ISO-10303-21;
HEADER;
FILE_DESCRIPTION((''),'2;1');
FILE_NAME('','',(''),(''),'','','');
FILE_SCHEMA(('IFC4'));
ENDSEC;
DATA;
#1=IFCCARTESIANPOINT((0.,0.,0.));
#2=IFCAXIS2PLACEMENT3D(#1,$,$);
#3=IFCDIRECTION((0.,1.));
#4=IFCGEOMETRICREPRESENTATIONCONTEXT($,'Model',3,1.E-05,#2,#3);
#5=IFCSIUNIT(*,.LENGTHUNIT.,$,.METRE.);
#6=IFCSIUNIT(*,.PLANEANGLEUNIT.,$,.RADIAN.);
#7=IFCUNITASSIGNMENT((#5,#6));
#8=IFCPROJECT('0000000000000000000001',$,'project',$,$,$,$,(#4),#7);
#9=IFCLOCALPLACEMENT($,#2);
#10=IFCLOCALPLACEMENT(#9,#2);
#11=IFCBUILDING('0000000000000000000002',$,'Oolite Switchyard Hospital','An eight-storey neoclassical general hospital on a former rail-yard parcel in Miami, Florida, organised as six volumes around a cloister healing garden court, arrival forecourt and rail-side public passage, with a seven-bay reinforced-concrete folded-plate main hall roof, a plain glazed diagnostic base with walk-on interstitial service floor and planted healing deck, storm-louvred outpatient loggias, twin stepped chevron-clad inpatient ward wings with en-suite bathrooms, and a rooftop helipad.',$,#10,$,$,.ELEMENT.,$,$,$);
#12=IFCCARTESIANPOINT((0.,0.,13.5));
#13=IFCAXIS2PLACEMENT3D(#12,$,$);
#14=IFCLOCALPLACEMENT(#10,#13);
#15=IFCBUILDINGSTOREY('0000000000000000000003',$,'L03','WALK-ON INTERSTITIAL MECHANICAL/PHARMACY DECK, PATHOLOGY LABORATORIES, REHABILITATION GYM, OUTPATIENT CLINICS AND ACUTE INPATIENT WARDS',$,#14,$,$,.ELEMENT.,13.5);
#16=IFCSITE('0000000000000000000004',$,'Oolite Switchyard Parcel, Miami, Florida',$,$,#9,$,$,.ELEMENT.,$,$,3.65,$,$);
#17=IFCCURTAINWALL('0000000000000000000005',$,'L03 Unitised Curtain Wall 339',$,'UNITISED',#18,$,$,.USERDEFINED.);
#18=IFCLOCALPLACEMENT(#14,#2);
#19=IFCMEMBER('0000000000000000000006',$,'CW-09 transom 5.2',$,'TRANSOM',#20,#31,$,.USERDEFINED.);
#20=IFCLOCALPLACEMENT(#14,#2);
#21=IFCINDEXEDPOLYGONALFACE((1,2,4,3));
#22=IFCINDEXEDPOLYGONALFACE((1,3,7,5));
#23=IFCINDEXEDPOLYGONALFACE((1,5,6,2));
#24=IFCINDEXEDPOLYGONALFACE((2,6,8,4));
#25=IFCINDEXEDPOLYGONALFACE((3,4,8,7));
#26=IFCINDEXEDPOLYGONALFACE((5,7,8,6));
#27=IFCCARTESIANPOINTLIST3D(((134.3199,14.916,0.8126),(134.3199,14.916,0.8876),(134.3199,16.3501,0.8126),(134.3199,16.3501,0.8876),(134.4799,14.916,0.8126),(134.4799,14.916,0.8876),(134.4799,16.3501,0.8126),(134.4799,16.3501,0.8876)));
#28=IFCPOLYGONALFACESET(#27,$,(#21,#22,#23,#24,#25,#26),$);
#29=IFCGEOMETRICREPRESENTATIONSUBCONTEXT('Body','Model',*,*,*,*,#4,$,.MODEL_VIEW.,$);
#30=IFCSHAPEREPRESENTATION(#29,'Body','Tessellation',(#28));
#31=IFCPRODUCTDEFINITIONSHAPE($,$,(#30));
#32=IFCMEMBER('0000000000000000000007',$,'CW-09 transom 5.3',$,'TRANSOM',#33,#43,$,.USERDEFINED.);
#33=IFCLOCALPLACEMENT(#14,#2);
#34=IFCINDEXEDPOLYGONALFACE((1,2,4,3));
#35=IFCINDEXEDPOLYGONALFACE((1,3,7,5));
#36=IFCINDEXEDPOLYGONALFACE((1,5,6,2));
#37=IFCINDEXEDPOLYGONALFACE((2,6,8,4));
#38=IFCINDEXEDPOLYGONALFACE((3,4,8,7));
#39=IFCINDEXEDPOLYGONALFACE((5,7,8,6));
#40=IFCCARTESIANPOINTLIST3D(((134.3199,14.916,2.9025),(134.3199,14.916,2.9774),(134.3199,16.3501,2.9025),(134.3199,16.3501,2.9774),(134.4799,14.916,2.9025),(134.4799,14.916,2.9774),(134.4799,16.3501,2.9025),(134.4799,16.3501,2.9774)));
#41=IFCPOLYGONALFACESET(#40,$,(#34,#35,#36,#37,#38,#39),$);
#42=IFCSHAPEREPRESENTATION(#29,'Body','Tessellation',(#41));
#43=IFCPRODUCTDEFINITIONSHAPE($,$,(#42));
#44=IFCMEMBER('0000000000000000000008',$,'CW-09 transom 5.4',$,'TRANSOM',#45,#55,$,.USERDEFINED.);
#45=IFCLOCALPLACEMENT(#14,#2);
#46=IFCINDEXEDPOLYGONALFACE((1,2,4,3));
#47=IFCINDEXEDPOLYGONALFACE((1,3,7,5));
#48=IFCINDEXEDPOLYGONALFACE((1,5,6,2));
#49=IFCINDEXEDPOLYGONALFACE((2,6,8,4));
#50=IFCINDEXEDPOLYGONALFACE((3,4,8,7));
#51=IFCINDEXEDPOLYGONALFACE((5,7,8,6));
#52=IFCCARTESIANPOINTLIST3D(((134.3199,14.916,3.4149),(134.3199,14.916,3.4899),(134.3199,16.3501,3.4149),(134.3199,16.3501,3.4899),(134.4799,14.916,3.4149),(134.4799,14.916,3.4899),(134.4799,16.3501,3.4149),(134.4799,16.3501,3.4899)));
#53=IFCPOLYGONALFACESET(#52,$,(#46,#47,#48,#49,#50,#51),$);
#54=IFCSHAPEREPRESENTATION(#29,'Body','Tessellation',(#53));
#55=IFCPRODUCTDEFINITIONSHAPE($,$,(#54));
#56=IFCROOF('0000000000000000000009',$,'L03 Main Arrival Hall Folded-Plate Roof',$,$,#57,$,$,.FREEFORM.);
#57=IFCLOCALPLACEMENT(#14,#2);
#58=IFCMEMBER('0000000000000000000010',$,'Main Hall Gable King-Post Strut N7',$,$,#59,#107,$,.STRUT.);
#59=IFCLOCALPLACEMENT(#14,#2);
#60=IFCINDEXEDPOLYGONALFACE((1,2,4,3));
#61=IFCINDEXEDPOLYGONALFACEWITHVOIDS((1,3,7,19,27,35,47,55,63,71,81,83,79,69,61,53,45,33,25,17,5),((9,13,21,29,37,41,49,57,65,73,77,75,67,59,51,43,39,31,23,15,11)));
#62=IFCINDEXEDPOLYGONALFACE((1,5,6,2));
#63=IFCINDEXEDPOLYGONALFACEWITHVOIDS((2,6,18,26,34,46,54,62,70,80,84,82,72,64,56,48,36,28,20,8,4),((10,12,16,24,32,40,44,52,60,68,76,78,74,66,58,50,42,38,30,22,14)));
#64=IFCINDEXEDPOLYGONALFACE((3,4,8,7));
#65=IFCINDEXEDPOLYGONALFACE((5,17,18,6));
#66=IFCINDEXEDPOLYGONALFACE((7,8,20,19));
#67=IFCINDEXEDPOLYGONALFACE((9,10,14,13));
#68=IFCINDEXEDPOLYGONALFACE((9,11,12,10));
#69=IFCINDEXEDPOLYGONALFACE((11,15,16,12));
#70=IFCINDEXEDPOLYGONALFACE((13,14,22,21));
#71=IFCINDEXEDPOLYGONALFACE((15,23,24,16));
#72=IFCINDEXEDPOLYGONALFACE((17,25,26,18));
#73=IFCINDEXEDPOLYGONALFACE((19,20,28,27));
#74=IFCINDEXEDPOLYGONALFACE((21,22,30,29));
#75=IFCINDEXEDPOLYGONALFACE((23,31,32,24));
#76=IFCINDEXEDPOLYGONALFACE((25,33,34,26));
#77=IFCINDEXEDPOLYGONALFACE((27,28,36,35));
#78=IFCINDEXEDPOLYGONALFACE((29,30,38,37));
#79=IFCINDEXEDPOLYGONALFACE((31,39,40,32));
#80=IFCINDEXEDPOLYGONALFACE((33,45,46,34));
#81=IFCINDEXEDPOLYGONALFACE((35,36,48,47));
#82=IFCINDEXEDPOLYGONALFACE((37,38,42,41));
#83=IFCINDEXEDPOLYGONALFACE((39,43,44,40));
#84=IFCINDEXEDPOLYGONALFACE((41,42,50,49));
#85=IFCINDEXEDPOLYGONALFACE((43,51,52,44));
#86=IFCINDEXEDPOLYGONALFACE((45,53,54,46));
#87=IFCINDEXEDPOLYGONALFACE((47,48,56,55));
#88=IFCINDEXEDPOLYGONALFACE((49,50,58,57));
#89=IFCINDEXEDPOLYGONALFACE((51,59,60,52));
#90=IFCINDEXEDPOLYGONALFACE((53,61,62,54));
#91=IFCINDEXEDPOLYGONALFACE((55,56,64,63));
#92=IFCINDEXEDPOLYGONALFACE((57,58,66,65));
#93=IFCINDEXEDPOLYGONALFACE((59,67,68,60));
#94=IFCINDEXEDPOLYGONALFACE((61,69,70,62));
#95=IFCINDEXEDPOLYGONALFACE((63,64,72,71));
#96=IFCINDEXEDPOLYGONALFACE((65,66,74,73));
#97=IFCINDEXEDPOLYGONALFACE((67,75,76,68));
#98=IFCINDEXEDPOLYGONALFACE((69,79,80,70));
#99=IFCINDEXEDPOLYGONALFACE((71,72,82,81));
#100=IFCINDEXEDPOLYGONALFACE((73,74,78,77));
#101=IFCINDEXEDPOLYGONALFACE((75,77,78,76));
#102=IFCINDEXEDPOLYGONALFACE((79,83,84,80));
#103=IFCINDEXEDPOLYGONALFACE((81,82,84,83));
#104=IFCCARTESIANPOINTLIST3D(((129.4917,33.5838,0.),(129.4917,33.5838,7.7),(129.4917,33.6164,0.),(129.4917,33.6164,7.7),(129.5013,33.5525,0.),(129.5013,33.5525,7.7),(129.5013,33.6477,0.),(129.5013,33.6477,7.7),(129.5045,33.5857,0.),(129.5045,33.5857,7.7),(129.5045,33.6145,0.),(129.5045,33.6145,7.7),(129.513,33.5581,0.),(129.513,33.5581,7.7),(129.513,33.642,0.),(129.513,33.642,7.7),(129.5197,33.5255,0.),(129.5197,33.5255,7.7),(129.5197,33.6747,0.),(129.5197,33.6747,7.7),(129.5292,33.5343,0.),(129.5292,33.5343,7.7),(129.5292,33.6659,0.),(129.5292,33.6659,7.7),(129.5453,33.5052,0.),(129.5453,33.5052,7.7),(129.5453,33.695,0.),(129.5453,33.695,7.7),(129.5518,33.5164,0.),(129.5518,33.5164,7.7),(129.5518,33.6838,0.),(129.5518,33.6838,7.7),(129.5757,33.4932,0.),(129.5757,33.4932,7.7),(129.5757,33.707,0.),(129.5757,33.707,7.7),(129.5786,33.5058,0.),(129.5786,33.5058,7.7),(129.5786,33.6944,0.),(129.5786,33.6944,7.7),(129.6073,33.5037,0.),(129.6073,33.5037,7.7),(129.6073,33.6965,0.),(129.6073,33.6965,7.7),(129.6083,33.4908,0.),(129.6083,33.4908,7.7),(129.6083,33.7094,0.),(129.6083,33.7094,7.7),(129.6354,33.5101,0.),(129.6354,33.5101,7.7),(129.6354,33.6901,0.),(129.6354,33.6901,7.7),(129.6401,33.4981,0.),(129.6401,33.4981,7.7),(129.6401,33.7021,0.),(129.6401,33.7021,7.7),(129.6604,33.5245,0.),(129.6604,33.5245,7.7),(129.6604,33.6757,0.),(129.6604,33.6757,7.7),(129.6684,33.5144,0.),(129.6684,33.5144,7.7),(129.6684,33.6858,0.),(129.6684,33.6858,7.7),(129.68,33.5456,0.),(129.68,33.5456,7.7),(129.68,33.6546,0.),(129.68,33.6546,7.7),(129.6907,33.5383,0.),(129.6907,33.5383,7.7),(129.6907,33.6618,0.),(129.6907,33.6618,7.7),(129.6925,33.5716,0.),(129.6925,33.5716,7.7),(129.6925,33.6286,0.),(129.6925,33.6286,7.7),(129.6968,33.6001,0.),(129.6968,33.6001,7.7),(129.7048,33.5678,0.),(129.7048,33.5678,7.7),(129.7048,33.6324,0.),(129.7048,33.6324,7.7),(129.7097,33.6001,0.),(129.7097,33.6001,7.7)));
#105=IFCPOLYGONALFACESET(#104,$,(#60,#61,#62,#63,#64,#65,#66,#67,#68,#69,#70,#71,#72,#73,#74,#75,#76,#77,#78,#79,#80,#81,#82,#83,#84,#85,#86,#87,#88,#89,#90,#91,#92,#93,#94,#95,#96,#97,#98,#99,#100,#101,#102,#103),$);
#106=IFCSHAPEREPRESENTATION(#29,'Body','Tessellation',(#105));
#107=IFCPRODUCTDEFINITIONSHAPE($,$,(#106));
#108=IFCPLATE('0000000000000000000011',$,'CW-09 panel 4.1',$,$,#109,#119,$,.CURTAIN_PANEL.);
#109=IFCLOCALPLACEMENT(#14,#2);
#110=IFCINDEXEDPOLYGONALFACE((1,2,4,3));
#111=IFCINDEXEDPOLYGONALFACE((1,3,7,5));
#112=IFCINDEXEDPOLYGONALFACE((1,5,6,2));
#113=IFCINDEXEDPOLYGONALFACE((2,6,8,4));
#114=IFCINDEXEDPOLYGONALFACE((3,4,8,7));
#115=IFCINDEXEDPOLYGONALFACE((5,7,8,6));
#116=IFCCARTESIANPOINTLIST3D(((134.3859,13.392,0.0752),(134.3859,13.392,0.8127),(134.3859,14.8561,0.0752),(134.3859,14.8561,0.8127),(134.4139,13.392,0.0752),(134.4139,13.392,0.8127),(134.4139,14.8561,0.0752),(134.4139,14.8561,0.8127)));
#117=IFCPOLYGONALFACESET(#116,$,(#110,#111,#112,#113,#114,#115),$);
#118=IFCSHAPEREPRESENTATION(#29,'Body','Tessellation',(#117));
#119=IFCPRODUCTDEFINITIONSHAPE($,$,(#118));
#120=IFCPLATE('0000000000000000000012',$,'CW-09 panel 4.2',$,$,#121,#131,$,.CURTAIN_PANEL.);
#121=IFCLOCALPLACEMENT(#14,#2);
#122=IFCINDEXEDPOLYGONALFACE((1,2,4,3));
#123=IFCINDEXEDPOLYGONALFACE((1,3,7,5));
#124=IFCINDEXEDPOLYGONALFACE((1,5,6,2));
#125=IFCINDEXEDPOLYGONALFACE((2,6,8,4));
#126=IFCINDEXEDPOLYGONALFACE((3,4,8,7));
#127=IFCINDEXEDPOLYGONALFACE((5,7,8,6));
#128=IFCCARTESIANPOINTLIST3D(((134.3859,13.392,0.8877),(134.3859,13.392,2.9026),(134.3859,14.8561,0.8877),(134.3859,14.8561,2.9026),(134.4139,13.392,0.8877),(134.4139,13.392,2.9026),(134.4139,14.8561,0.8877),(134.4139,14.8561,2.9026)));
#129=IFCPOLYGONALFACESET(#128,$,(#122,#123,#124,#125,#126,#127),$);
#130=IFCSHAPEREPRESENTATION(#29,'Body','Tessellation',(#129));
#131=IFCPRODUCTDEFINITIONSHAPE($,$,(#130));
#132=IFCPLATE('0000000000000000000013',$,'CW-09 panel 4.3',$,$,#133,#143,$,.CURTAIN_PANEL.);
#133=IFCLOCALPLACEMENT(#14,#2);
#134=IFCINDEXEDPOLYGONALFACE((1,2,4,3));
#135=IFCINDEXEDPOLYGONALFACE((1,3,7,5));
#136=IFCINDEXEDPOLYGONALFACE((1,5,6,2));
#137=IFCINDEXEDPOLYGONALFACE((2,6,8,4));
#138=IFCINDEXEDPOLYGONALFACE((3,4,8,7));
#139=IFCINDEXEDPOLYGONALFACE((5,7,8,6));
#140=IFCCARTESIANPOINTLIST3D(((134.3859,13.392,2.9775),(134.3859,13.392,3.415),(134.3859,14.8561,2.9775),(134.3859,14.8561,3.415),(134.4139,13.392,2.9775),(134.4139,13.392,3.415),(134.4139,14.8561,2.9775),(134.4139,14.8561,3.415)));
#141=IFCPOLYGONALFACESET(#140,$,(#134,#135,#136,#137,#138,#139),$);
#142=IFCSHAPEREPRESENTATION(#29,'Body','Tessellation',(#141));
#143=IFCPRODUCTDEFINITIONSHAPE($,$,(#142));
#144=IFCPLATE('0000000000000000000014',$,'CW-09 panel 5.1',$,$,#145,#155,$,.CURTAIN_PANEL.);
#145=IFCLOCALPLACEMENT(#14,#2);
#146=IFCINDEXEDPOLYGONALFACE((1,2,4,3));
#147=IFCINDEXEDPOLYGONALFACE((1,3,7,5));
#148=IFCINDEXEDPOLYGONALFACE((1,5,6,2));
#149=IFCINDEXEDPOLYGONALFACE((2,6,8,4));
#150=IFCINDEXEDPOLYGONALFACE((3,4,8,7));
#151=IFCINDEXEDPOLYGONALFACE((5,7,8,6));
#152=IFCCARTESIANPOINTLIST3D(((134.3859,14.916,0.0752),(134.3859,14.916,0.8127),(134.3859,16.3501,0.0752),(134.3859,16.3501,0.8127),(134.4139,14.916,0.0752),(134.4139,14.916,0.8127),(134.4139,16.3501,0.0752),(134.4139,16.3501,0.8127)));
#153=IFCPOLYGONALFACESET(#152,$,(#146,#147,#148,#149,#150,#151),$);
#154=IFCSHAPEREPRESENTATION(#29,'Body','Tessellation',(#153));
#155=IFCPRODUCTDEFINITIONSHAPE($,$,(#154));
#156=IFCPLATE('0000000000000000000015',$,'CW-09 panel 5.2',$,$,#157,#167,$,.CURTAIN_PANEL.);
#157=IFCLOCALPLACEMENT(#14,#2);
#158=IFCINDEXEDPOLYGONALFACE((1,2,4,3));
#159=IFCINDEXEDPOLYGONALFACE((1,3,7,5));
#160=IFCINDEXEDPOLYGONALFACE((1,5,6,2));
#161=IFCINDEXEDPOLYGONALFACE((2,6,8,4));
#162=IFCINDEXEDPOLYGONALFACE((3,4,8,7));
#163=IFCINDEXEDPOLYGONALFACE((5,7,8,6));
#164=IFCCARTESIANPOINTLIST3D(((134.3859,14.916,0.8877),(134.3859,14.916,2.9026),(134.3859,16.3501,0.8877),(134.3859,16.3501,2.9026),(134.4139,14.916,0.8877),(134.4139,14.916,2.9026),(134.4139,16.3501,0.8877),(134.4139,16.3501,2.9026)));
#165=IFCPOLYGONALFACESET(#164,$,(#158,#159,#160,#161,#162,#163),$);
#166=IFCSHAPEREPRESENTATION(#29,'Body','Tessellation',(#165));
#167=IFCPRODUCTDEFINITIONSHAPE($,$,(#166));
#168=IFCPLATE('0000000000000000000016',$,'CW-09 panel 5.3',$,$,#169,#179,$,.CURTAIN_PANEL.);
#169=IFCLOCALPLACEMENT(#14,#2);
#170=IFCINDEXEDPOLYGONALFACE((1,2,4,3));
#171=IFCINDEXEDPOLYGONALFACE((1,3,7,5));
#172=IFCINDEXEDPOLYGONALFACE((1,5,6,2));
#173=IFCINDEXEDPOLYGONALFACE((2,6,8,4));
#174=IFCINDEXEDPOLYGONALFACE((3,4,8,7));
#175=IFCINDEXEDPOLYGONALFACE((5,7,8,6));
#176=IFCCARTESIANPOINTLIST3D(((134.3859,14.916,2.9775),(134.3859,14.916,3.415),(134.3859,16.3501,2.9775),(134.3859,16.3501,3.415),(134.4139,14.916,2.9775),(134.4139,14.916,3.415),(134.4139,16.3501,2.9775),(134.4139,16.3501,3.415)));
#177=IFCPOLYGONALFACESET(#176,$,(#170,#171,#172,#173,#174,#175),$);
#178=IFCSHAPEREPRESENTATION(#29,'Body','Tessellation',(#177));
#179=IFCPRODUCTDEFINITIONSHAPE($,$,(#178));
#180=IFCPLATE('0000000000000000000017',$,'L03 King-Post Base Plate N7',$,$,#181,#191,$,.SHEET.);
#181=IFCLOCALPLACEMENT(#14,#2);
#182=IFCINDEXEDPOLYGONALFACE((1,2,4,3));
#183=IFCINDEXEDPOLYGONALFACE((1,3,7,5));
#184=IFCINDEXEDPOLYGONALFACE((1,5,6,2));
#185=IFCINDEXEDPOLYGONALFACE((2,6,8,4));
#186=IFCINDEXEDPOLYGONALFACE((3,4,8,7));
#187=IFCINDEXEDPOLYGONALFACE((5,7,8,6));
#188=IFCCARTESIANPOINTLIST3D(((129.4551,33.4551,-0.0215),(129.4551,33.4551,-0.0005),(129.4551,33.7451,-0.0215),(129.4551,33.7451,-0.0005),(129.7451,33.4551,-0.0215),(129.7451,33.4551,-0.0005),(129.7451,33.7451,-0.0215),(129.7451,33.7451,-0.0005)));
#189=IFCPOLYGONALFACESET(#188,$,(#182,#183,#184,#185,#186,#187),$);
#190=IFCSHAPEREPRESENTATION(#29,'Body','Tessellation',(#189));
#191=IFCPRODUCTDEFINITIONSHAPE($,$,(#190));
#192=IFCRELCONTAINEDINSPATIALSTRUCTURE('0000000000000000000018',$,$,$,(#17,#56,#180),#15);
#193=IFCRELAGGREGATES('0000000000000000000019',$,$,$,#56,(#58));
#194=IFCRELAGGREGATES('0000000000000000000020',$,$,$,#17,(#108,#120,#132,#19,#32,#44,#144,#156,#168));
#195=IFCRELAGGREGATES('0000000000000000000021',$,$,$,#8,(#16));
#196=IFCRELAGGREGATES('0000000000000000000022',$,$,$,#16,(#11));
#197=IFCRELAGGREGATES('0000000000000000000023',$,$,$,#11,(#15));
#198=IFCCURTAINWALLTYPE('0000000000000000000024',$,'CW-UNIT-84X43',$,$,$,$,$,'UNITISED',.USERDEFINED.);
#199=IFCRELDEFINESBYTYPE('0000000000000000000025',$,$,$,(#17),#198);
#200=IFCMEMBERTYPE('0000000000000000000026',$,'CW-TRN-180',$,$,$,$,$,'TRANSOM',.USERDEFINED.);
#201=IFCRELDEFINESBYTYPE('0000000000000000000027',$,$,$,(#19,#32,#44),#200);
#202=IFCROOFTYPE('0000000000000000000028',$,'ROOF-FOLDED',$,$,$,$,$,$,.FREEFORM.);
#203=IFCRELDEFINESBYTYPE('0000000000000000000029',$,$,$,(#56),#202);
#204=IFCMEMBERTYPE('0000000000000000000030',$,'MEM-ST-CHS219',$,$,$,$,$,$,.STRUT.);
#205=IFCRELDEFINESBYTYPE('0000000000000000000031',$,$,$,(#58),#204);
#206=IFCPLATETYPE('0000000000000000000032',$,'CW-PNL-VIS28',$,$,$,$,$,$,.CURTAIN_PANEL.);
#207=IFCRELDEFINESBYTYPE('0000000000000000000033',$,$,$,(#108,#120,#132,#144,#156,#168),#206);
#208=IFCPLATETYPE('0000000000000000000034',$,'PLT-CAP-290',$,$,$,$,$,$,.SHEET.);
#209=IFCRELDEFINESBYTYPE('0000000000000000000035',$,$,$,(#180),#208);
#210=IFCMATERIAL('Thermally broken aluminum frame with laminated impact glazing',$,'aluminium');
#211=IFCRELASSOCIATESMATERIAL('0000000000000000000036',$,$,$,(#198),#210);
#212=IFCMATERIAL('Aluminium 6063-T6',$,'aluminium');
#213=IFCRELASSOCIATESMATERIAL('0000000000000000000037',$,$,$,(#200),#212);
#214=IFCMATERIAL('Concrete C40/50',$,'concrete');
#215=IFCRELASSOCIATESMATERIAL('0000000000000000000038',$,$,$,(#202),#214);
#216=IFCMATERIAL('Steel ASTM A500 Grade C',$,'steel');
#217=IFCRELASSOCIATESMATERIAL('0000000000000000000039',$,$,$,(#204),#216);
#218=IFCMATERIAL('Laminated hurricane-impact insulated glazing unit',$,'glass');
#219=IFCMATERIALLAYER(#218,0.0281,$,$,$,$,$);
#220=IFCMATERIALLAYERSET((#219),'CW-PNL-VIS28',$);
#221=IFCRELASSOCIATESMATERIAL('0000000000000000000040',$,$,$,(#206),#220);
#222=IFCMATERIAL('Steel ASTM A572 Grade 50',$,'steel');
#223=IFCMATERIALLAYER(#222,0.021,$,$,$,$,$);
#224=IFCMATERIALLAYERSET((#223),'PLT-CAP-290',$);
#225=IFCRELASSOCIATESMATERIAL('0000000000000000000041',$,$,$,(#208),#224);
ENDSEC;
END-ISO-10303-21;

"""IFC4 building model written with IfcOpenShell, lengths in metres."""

from ifc_helpers import new_model, si_unit, direction, frame, origin, origin_2d, place, context, subcontext, project, spatial, rectangle, hollow_circle, extrude, material, layer, layer_set, material_profile, profile_set, type_object, element, aggregate, save


model = new_model("IFC4")

# Units and contexts
model_context = context("Model", 3, precision=1e-05, world=origin(), true_north=direction((0.0, 1.0)))
body_context = subcontext(model_context, "Body", "Model", "MODEL_VIEW")
ifc_project = project(units=[si_unit("LENGTHUNIT", "METRE"), si_unit("PLANEANGLEUNIT", "RADIAN")], contexts=[model_context])

# Site, building, storey
site_placement = place(None, origin())
site = spatial("IfcSite", under=ifc_project, at=site_placement, Name="Oolite Switchyard Parcel, Miami, Florida", CompositionType="ELEMENT", RefElevation=3.65)
building_placement = place(site_placement, origin())
building = spatial("IfcBuilding", under=site, at=building_placement, Name="Oolite Switchyard Hospital", Description="An eight-storey neoclassical general hospital on a former rail-yard parcel in Miami, Florida, organised as six volumes around a cloister healing garden court, arrival forecourt and rail-side public passage, with a seven-bay reinforced-concrete folded-plate main hall roof, a plain glazed diagnostic base with walk-on interstitial service floor and planted healing deck, storm-louvred outpatient loggias, twin stepped chevron-clad inpatient ward wings with en-suite bathrooms, and a rooftop helipad.", CompositionType="ELEMENT")
storey_placement = place(building_placement, frame((0.0, 0.0, 13.5)))
storey = spatial("IfcBuildingStorey", under=building, at=storey_placement, Name="L03", Description="WALK-ON INTERSTITIAL MECHANICAL/PHARMACY DECK, PATHOLOGY LABORATORIES, REHABILITATION GYM, OUTPATIENT CLINICS AND ACUTE INPATIENT WARDS", CompositionType="ELEMENT", Elevation=13.5)

# Curtain wall, members
ifc_material_1 = material(Name="Thermally broken aluminum frame with laminated impact glazing", Category="aluminium")
curtain_wall_type = type_object("IfcCurtainWallType", Name="CW-UNIT-84X43", ElementType="UNITISED", PredefinedType="USERDEFINED", material=ifc_material_1)
curtain_wall_placement = place(storey_placement, origin())
curtain_wall = element("IfcCurtainWall", 1, at=curtain_wall_placement, inside=storey, type_object=curtain_wall_type, Name="L03 Unitised Curtain Wall 339", ObjectType="UNITISED", PredefinedType="USERDEFINED")
ifc_material_2 = material(Name="Aluminium 6063-T6", Category="aluminium")
ifc_material_profile_1 = material_profile(ifc_material_2, rectangle(XDim=0.1599, YDim=0.075, at=origin_2d()), Name="CWT75X160")
ifc_profile_set_1 = profile_set([ifc_material_profile_1], Name="Aluminium 6063-T6")
member_type_1 = type_object("IfcMemberType", Name="CW-TRN-180", ElementType="TRANSOM", PredefinedType="USERDEFINED", material=ifc_profile_set_1)
member_1_placement = place(storey_placement, frame((134.3999, 14.916, 0.8501), z_axis=(0.0, 1.0, 0.0), x_axis=(-1.0, 0.0, 0.0)))
member_1 = element("IfcMember", 2, at=member_1_placement, type_object=member_type_1, Name="CW-09 transom 5.2", ObjectType="TRANSOM", PredefinedType="USERDEFINED", context=body_context, shape_type="SweptSolid", body=[
    extrude(rectangle(XDim=0.1599, YDim=0.075, at=origin_2d()), origin(), (0.0, 0.0, 1.0), 1.4341),
])
member_2_placement = place(storey_placement, frame((134.3999, 14.916, 2.9399), z_axis=(0.0, 1.0, 0.0), x_axis=(-1.0, 0.0, 0.0)))
member_2 = element("IfcMember", 3, at=member_2_placement, type_object=member_type_1, Name="CW-09 transom 5.3", ObjectType="TRANSOM", PredefinedType="USERDEFINED", context=body_context, shape_type="SweptSolid", body=[
    extrude(rectangle(XDim=0.1599, YDim=0.075, at=origin_2d()), origin(), (0.0, 0.0, 1.0), 1.4341),
])
member_3_placement = place(storey_placement, frame((134.3999, 14.916, 3.4524), z_axis=(0.0, 1.0, 0.0), x_axis=(-1.0, 0.0, 0.0)))
member_3 = element("IfcMember", 4, at=member_3_placement, type_object=member_type_1, Name="CW-09 transom 5.4", ObjectType="TRANSOM", PredefinedType="USERDEFINED", context=body_context, shape_type="SweptSolid", body=[
    extrude(rectangle(XDim=0.1599, YDim=0.075, at=origin_2d()), origin(), (0.0, 0.0, 1.0), 1.4341),
])

# Roof, member
ifc_material_3 = material(Name="Concrete C40/50", Category="concrete")
roof_type = type_object("IfcRoofType", Name="ROOF-FOLDED", PredefinedType="FREEFORM", material=ifc_material_3)
roof_placement = place(storey_placement, origin())
roof = element("IfcRoof", 5, at=roof_placement, inside=storey, type_object=roof_type, Name="L03 Main Arrival Hall Folded-Plate Roof", PredefinedType="FREEFORM")
ifc_material_4 = material(Name="Steel ASTM A500 Grade C", Category="steel")
ifc_material_profile_2 = material_profile(ifc_material_4, hollow_circle(Radius=0.1096, WallThickness=0.0129, at=origin_2d()), Name="HSS219X13")
ifc_profile_set_2 = profile_set([ifc_material_profile_2], Name="Steel ASTM A500 Grade C")
member_type_2 = type_object("IfcMemberType", Name="MEM-ST-CHS219", PredefinedType="STRUT", material=ifc_profile_set_2)
member_4_placement = place(storey_placement, frame((129.6001, 33.6001, 0.0), z_axis=(0.0, 0.0, 1.0), x_axis=(1.0, 0.0, 0.0)))
member_4 = element("IfcMember", 6, at=member_4_placement, type_object=member_type_2, Name="Main Hall Gable King-Post Strut N7", PredefinedType="STRUT", context=body_context, shape_type="SweptSolid", body=[
    extrude(hollow_circle(Radius=0.1096, WallThickness=0.0129, at=origin_2d()), origin(), (0.0, 0.0, 1.0), 7.7),
])
aggregate(roof, [member_4])

# Plates
ifc_material_5 = material(Name="Laminated hurricane-impact insulated glazing unit", Category="glass")
ifc_layer_1 = layer(ifc_material_5, 0.0281)
ifc_layer_set_1 = layer_set([ifc_layer_1], Name="CW-PNL-VIS28")
plate_type_1 = type_object("IfcPlateType", Name="CW-PNL-VIS28", PredefinedType="CURTAIN_PANEL", material=ifc_layer_set_1)
plate_1_placement = place(storey_placement, frame((134.3999, 14.124, 0.0752), z_axis=(0.0, 0.0, 1.0), x_axis=(0.0, 1.0, 0.0)))
plate_1 = element("IfcPlate", 7, at=plate_1_placement, type_object=plate_type_1, Name="CW-09 panel 4.1", PredefinedType="CURTAIN_PANEL", context=body_context, shape_type="SweptSolid", body=[
    extrude(rectangle(XDim=1.4641, YDim=0.0281, at=origin_2d()), origin(), (0.0, 0.0, 1.0), 0.7375),
])
plate_2_placement = place(storey_placement, frame((134.3999, 14.124, 0.8877), z_axis=(0.0, 0.0, 1.0), x_axis=(0.0, 1.0, 0.0)))
plate_2 = element("IfcPlate", 8, at=plate_2_placement, type_object=plate_type_1, Name="CW-09 panel 4.2", PredefinedType="CURTAIN_PANEL", context=body_context, shape_type="SweptSolid", body=[
    extrude(rectangle(XDim=1.4641, YDim=0.0281, at=origin_2d()), origin(), (0.0, 0.0, 1.0), 2.0149),
])
plate_3_placement = place(storey_placement, frame((134.3999, 14.124, 2.9775), z_axis=(0.0, 0.0, 1.0), x_axis=(0.0, 1.0, 0.0)))
plate_3 = element("IfcPlate", 9, at=plate_3_placement, type_object=plate_type_1, Name="CW-09 panel 4.3", PredefinedType="CURTAIN_PANEL", context=body_context, shape_type="SweptSolid", body=[
    extrude(rectangle(XDim=1.4641, YDim=0.0281, at=origin_2d()), origin(), (0.0, 0.0, 1.0), 0.4375),
])
plate_4_placement = place(storey_placement, frame((134.3999, 15.6331, 0.0752), z_axis=(0.0, 0.0, 1.0), x_axis=(0.0, 1.0, 0.0)))
plate_4 = element("IfcPlate", 10, at=plate_4_placement, type_object=plate_type_1, Name="CW-09 panel 5.1", PredefinedType="CURTAIN_PANEL", context=body_context, shape_type="SweptSolid", body=[
    extrude(rectangle(XDim=1.4341, YDim=0.0281, at=origin_2d()), origin(), (0.0, 0.0, 1.0), 0.7375),
])
plate_5_placement = place(storey_placement, frame((134.3999, 15.6331, 0.8877), z_axis=(0.0, 0.0, 1.0), x_axis=(0.0, 1.0, 0.0)))
plate_5 = element("IfcPlate", 11, at=plate_5_placement, type_object=plate_type_1, Name="CW-09 panel 5.2", PredefinedType="CURTAIN_PANEL", context=body_context, shape_type="SweptSolid", body=[
    extrude(rectangle(XDim=1.4341, YDim=0.0281, at=origin_2d()), origin(), (0.0, 0.0, 1.0), 2.0149),
])
plate_6_placement = place(storey_placement, frame((134.3999, 15.6331, 2.9775), z_axis=(0.0, 0.0, 1.0), x_axis=(0.0, 1.0, 0.0)))
plate_6 = element("IfcPlate", 12, at=plate_6_placement, type_object=plate_type_1, Name="CW-09 panel 5.3", PredefinedType="CURTAIN_PANEL", context=body_context, shape_type="SweptSolid", body=[
    extrude(rectangle(XDim=1.4341, YDim=0.0281, at=origin_2d()), origin(), (0.0, 0.0, 1.0), 0.4375),
])
aggregate(curtain_wall, [plate_1, plate_2, plate_3, member_1, member_2, member_3, plate_4, plate_5, plate_6])

# Plate
ifc_material_6 = material(Name="Steel ASTM A572 Grade 50", Category="steel")
ifc_layer_2 = layer(ifc_material_6, 0.021)
ifc_layer_set_2 = layer_set([ifc_layer_2], Name="PLT-CAP-290")
plate_type_2 = type_object("IfcPlateType", Name="PLT-CAP-290", PredefinedType="SHEET", material=ifc_layer_set_2)
for number, where, z_axis, x_axis, name in (
    (13, (129.6001, 33.6001, -0.0215), (0.0, 0.0, 1.0), (1.0, 0.0, 0.0), "L03 King-Post Base Plate N7"),
):
    element("IfcPlate", number, at=place(storey_placement, frame(where, z_axis=z_axis, x_axis=x_axis)), inside=storey, type_object=plate_type_2, Name=name, PredefinedType="SHEET", context=body_context, shape_type="SweptSolid", body=[
        extrude(rectangle(XDim=0.29, YDim=0.29, at=origin_2d()), origin(), (0.0, 0.0, 1.0), 0.021),
    ])

save(model, "model.ifc")
